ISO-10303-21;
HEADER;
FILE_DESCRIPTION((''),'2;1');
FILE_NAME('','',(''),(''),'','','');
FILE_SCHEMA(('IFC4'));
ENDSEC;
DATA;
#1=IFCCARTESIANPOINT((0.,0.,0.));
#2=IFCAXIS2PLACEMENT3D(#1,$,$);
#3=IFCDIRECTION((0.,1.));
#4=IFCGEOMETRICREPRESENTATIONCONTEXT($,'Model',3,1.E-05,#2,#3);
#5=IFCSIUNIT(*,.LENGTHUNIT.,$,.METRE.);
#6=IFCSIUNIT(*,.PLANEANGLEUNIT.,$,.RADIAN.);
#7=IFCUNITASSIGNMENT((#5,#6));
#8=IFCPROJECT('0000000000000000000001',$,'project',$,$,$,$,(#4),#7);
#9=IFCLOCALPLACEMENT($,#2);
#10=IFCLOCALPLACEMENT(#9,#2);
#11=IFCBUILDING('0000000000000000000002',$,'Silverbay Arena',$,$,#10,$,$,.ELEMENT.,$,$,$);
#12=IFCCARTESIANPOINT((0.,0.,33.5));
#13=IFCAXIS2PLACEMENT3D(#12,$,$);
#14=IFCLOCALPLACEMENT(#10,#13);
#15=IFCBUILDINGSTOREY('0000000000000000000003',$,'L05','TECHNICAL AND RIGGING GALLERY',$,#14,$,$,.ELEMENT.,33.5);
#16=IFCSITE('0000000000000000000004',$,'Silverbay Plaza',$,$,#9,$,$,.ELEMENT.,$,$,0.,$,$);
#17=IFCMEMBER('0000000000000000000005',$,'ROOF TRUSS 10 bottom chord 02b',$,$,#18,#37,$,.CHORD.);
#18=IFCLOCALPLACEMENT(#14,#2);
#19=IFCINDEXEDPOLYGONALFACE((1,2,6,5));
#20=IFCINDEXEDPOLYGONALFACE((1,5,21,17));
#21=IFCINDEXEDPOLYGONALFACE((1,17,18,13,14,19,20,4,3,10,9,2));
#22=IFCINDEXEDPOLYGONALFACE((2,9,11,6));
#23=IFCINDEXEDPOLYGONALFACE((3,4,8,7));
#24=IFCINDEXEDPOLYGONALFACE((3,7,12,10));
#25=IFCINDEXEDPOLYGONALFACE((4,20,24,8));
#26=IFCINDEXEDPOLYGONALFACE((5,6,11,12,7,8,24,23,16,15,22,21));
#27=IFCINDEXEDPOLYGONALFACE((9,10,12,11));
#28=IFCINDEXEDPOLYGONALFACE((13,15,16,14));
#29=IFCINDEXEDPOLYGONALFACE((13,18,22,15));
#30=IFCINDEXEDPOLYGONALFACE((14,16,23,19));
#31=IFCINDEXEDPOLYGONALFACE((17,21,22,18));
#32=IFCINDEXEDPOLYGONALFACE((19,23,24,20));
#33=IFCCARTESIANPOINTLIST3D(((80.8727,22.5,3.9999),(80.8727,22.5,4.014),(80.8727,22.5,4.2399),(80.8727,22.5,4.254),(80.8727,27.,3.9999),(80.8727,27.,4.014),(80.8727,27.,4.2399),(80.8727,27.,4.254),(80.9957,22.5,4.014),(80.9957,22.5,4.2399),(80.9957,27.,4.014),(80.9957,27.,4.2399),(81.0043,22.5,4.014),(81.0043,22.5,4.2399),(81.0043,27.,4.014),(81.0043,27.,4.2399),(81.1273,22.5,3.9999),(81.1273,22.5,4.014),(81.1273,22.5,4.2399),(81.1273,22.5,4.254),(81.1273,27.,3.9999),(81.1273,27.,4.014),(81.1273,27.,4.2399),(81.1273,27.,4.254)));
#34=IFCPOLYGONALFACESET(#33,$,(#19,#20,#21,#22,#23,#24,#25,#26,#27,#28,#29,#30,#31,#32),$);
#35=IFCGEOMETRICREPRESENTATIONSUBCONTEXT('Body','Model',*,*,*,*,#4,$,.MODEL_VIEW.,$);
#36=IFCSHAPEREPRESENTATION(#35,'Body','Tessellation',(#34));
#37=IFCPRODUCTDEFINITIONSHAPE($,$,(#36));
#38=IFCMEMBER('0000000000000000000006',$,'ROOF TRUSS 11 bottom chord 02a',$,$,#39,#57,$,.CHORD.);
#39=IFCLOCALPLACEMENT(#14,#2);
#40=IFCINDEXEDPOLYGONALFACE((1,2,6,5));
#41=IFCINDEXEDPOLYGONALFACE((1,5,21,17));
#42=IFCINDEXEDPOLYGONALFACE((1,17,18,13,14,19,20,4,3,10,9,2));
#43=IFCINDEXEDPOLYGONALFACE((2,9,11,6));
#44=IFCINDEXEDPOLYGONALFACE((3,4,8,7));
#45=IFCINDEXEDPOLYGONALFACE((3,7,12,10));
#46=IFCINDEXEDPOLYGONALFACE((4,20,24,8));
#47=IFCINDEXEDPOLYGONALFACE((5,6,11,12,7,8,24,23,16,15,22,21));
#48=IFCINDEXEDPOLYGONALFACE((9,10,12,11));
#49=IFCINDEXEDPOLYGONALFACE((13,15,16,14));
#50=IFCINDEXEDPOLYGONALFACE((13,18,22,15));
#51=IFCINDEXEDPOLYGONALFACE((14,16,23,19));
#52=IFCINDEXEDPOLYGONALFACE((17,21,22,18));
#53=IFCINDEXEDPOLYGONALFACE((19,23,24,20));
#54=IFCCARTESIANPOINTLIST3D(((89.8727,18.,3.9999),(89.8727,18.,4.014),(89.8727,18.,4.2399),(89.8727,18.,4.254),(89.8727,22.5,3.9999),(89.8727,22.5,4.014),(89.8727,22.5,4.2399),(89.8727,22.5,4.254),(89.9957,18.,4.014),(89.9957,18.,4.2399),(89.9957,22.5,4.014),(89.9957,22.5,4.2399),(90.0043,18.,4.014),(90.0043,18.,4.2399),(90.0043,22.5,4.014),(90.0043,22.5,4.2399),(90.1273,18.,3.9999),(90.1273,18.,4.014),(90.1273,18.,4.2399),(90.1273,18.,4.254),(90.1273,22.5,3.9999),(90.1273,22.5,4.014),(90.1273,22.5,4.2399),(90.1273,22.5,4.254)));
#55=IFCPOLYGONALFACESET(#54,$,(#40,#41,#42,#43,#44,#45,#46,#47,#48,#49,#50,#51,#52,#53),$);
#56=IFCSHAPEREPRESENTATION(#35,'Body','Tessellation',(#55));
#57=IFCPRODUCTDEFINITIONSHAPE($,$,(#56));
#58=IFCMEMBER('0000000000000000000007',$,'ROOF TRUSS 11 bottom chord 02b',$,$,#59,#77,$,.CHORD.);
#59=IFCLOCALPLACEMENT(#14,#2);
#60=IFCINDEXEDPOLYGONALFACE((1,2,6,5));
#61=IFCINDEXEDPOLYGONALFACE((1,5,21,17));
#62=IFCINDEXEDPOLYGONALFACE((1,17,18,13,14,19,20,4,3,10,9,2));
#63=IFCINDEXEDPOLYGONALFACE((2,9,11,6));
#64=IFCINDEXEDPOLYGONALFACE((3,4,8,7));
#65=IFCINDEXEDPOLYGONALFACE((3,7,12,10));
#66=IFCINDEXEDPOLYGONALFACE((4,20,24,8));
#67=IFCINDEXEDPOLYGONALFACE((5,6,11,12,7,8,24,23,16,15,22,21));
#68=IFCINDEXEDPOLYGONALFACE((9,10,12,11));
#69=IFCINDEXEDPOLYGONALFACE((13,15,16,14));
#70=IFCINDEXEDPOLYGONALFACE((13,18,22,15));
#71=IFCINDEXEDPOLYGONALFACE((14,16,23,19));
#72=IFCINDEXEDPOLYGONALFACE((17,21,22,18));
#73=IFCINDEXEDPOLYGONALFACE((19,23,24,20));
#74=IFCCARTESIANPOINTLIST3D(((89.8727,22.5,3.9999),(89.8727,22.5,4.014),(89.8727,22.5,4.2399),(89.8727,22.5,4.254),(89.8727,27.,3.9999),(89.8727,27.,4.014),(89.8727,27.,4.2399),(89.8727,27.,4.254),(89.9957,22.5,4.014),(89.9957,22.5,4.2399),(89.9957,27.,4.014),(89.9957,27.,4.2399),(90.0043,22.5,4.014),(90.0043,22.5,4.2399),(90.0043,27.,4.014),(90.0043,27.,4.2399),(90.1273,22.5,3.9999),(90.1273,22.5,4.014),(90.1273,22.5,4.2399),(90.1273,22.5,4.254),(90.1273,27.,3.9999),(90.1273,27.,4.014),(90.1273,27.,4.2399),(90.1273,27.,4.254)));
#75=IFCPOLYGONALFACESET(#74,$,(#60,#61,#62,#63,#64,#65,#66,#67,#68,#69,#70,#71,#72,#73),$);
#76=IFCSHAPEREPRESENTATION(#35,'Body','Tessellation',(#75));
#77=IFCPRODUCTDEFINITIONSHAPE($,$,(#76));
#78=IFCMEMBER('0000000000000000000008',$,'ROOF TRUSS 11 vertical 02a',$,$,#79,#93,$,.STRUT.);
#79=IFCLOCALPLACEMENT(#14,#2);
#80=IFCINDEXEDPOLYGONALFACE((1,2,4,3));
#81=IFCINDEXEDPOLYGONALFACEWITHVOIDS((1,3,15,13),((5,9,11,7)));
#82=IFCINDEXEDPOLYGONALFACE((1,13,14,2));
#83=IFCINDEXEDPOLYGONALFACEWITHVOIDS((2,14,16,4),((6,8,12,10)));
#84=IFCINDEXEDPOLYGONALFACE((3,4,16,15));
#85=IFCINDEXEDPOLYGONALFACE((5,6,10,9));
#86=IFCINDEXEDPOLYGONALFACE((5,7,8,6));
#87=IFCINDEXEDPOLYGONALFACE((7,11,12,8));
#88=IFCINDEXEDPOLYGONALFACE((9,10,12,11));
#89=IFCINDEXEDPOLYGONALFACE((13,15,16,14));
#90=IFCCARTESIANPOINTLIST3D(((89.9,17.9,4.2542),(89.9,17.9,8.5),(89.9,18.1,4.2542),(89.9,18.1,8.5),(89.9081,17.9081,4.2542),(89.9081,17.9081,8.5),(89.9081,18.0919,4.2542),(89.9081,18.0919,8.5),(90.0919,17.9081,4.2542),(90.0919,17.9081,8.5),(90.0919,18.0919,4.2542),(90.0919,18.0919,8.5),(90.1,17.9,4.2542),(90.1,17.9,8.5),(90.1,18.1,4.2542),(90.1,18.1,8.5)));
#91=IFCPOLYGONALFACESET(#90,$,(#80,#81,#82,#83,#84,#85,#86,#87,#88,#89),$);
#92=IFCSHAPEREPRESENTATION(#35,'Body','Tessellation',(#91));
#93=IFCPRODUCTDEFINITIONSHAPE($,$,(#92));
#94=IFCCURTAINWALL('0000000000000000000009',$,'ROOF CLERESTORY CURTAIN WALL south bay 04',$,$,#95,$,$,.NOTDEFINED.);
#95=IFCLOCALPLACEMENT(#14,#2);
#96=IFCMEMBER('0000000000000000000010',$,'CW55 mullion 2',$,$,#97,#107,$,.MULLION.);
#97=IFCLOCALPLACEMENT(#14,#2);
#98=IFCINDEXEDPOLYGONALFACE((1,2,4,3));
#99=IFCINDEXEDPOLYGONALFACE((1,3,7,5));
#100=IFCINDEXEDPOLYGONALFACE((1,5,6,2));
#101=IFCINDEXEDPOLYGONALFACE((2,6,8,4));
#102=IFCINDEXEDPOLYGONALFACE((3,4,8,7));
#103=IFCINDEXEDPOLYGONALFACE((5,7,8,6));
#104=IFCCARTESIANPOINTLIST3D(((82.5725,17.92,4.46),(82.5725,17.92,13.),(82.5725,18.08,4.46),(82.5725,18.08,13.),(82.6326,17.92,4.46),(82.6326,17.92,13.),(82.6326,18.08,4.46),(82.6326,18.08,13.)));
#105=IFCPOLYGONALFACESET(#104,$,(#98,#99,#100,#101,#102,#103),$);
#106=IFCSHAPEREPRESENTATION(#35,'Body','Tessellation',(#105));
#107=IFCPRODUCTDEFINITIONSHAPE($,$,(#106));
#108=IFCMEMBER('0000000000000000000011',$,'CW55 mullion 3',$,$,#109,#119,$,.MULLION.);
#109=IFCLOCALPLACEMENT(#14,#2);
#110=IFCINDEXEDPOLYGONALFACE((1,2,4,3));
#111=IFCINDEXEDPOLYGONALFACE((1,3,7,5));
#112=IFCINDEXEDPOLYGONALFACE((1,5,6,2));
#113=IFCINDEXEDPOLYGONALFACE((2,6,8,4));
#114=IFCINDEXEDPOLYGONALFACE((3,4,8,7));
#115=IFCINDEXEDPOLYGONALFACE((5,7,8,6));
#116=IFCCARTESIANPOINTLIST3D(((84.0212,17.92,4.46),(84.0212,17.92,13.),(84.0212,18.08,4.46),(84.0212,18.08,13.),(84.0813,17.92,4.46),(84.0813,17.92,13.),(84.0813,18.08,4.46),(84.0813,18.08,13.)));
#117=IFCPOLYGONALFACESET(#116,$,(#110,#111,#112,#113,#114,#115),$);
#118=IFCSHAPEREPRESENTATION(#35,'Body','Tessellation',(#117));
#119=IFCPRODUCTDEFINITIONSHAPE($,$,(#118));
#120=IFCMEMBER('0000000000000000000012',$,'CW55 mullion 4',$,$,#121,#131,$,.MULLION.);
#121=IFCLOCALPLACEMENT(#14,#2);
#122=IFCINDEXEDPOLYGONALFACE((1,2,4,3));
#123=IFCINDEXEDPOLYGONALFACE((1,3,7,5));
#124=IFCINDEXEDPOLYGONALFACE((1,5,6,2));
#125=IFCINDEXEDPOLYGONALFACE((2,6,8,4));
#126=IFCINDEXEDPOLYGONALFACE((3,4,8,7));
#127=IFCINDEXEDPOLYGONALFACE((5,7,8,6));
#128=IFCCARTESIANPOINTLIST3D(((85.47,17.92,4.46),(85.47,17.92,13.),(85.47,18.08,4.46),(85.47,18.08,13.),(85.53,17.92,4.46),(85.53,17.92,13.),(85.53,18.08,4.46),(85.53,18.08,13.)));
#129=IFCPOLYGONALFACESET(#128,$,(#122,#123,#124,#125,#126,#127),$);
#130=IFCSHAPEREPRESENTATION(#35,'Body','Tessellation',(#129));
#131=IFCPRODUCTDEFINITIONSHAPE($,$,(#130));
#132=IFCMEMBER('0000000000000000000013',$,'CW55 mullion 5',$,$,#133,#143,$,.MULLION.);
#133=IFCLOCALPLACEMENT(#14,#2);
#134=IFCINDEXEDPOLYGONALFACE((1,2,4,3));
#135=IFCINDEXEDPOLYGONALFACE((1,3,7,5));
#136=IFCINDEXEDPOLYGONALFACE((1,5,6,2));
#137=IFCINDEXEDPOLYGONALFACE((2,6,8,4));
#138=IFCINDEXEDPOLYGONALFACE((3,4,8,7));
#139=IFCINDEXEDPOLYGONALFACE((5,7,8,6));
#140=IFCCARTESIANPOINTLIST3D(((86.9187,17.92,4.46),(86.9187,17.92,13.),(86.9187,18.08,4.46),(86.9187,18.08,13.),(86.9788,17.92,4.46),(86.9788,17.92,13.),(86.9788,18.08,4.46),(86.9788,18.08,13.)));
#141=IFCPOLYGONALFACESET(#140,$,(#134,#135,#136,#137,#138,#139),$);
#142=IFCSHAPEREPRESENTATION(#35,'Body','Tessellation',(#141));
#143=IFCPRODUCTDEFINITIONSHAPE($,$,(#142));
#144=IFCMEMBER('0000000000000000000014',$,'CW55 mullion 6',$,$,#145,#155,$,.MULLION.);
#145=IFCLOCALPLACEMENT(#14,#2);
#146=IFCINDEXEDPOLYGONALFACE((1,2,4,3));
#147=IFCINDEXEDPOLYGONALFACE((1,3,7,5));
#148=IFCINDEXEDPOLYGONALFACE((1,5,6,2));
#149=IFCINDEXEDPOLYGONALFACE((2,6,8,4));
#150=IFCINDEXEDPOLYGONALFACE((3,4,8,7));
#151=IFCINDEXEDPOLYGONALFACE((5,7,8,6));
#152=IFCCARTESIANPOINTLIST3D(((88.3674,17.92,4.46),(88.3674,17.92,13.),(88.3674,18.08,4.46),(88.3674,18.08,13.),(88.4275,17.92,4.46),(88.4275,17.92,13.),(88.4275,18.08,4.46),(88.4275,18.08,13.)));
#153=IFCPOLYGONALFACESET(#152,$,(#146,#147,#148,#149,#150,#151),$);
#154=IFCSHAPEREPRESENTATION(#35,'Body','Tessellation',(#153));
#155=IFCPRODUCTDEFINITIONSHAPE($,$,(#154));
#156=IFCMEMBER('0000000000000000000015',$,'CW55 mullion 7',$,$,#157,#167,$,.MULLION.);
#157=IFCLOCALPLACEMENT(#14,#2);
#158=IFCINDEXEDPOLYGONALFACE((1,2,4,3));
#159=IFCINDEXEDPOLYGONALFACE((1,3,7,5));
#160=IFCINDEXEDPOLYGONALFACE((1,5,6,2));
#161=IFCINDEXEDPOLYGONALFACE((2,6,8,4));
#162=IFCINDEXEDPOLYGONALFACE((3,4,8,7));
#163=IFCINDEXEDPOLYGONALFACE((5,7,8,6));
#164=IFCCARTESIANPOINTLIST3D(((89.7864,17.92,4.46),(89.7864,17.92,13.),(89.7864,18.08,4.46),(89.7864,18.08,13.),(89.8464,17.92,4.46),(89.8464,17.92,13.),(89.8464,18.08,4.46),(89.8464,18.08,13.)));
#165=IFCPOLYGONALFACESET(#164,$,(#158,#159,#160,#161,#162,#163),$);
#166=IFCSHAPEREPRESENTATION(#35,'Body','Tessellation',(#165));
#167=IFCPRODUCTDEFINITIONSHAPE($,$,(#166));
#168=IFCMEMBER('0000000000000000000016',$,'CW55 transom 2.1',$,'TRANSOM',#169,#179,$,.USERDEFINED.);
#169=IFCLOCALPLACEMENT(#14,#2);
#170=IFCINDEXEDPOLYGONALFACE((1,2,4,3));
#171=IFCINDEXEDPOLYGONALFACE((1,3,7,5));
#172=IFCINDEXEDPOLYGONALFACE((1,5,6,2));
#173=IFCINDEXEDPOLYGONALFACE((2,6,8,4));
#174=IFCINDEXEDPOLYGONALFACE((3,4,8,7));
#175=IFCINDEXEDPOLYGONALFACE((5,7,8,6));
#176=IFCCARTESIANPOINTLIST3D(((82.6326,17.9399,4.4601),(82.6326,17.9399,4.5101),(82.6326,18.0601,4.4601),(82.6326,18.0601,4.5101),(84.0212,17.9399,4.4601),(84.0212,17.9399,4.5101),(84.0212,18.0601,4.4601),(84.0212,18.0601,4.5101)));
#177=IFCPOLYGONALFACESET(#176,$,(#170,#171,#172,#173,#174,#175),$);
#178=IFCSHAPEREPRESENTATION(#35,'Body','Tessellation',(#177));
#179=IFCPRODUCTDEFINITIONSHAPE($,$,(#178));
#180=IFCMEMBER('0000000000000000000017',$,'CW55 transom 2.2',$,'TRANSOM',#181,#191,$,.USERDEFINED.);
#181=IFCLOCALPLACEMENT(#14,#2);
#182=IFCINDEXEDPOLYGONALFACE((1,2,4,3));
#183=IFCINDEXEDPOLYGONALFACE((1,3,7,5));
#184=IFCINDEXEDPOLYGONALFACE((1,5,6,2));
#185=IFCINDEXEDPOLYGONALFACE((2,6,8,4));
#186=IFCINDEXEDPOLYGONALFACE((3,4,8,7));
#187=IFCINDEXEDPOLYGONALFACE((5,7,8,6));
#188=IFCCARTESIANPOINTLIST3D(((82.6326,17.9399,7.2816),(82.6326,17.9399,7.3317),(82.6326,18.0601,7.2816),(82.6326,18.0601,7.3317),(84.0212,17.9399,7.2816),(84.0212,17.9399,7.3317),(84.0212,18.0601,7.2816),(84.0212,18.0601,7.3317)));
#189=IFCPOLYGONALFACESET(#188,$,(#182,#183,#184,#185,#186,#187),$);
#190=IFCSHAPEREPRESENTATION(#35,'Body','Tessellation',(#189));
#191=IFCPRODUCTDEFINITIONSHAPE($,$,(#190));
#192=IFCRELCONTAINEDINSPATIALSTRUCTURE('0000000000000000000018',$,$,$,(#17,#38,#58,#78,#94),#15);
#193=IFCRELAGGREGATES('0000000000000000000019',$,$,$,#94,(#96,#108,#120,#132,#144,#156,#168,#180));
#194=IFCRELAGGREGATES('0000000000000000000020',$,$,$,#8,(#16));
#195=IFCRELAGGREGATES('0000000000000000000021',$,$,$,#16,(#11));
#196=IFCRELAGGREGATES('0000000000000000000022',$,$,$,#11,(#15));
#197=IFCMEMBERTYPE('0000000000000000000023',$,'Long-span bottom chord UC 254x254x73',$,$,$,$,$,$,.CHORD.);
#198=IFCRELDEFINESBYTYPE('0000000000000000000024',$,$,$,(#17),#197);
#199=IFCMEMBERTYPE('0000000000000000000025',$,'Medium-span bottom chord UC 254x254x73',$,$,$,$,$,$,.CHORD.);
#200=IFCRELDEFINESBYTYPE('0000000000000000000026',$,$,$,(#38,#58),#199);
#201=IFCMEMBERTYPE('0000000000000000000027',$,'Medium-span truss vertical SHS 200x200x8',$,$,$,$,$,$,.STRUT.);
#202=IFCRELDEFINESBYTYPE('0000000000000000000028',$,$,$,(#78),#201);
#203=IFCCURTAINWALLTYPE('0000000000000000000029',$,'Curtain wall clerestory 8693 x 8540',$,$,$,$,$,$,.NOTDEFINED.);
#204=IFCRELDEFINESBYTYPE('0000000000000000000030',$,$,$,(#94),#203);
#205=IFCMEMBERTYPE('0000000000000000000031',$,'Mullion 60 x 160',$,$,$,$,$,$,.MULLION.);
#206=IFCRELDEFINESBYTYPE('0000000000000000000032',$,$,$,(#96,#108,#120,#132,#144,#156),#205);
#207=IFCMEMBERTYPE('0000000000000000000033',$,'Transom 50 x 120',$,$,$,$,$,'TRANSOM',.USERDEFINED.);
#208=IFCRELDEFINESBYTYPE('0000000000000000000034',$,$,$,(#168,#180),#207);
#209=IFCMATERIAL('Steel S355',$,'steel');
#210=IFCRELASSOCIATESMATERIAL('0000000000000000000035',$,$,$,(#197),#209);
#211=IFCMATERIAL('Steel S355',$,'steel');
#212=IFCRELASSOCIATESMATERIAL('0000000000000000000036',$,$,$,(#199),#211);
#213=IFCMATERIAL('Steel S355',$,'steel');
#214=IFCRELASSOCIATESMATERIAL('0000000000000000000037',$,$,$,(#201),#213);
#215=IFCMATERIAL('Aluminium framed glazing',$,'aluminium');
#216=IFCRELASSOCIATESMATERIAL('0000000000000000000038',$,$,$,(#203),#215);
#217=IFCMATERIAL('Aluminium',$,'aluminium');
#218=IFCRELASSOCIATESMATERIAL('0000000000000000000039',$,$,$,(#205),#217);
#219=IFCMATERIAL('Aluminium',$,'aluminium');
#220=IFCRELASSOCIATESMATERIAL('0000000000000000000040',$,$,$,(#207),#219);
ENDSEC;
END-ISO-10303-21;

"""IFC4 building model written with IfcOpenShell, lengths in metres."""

from ifc_helpers import new_model, si_unit, direction, frame, origin, origin_2d, place, context, subcontext, project, spatial, rectangle, hollow_rectangle, i_section, extrude, material, material_profile, profile_set, type_object, element, aggregate, save


model = new_model("IFC4")

# Units and contexts
model_context = context("Model", 3, precision=1e-05, world=origin(), true_north=direction((0.0, 1.0)))
body_context = subcontext(model_context, "Body", "Model", "MODEL_VIEW")
ifc_project = project(units=[si_unit("LENGTHUNIT", "METRE"), si_unit("PLANEANGLEUNIT", "RADIAN")], contexts=[model_context])

# Site, building, storey
site_placement = place(None, origin())
site = spatial("IfcSite", under=ifc_project, at=site_placement, Name="Silverbay Plaza", CompositionType="ELEMENT", RefElevation=0.0)
building_placement = place(site_placement, origin())
building = spatial("IfcBuilding", under=site, at=building_placement, Name="Silverbay Arena", CompositionType="ELEMENT")
storey_placement = place(building_placement, frame((0.0, 0.0, 33.5)))
storey = spatial("IfcBuildingStorey", under=building, at=storey_placement, Name="L05", Description="TECHNICAL AND RIGGING GALLERY", CompositionType="ELEMENT", Elevation=33.5)

# Members
ifc_material_1 = material(Name="Steel S355", Category="steel")
ifc_material_profile_1 = material_profile(ifc_material_1, i_section(OverallWidth=0.2546, OverallDepth=0.2542, WebThickness=0.0085, FlangeThickness=0.0142, at=origin_2d()), Name="UC 254x254x73")
ifc_profile_set_1 = profile_set([ifc_material_profile_1], Name="Steel S355")
member_type_1 = type_object("IfcMemberType", Name="Long-span bottom chord UC 254x254x73", PredefinedType="CHORD", material=ifc_profile_set_1)
member_1_placement = place(storey_placement, frame((81.0, 22.5, 4.127), z_axis=(0.0, 1.0, 0.0), x_axis=(-1.0, 0.0, 0.0)))
element("IfcMember", 1, at=member_1_placement, inside=storey, type_object=member_type_1, Name="ROOF TRUSS 10 bottom chord 02b", PredefinedType="CHORD", context=body_context, shape_type="SweptSolid", body=[
    extrude(i_section(OverallWidth=0.2546, OverallDepth=0.2542, WebThickness=0.0085, FlangeThickness=0.0142, at=origin_2d()), origin(), (0.0, 0.0, 1.0), 4.5),
])
ifc_material_2 = material(Name="Steel S355", Category="steel")
ifc_material_profile_2 = material_profile(ifc_material_2, i_section(OverallWidth=0.2546, OverallDepth=0.2542, WebThickness=0.0085, FlangeThickness=0.0142, at=origin_2d()), Name="UC 254x254x73")
ifc_profile_set_2 = profile_set([ifc_material_profile_2], Name="Steel S355")
member_type_2 = type_object("IfcMemberType", Name="Medium-span bottom chord UC 254x254x73", PredefinedType="CHORD", material=ifc_profile_set_2)
for number, where, z_axis, x_axis, name in (
    (2, (90.0, 18.0, 4.127), (0.0, 1.0, 0.0), (-1.0, 0.0, 0.0), "ROOF TRUSS 11 bottom chord 02a"),
    (3, (90.0, 22.5, 4.127), (0.0, 1.0, 0.0), (-1.0, 0.0, 0.0), "ROOF TRUSS 11 bottom chord 02b"),
):
    element("IfcMember", number, at=place(storey_placement, frame(where, z_axis=z_axis, x_axis=x_axis)), inside=storey, type_object=member_type_2, Name=name, PredefinedType="CHORD", context=body_context, shape_type="SweptSolid", body=[
        extrude(i_section(OverallWidth=0.2546, OverallDepth=0.2542, WebThickness=0.0085, FlangeThickness=0.0142, at=origin_2d()), origin(), (0.0, 0.0, 1.0), 4.5),
    ])
ifc_material_3 = material(Name="Steel S355", Category="steel")
ifc_material_profile_3 = material_profile(ifc_material_3, hollow_rectangle(XDim=0.2, YDim=0.2, WallThickness=0.0081, at=origin_2d()), Name="SHS 200x200x8")
ifc_profile_set_3 = profile_set([ifc_material_profile_3], Name="Steel S355")
member_type_3 = type_object("IfcMemberType", Name="Medium-span truss vertical SHS 200x200x8", PredefinedType="STRUT", material=ifc_profile_set_3)
member_2_placement = place(storey_placement, frame((90.0, 18.0, 4.2542), z_axis=(0.0, 0.0, 1.0), x_axis=(1.0, 0.0, 0.0)))
element("IfcMember", 4, at=member_2_placement, inside=storey, type_object=member_type_3, Name="ROOF TRUSS 11 vertical 02a", PredefinedType="STRUT", context=body_context, shape_type="SweptSolid", body=[
    extrude(hollow_rectangle(XDim=0.2, YDim=0.2, WallThickness=0.0081, at=origin_2d()), origin(), (0.0, 0.0, 1.0), 4.2458),
])

# Curtain wall, members
ifc_material_4 = material(Name="Aluminium framed glazing", Category="aluminium")
curtain_wall_type = type_object("IfcCurtainWallType", Name="Curtain wall clerestory 8693 x 8540", PredefinedType="NOTDEFINED", material=ifc_material_4)
curtain_wall_placement = place(storey_placement, origin())
curtain_wall = element("IfcCurtainWall", 5, at=curtain_wall_placement, inside=storey, type_object=curtain_wall_type, Name="ROOF CLERESTORY CURTAIN WALL south bay 04", PredefinedType="NOTDEFINED")
ifc_material_5 = material(Name="Aluminium", Category="aluminium")
ifc_material_profile_4 = material_profile(ifc_material_5, rectangle(XDim=0.1599, YDim=0.0601, at=origin_2d()), Name="Mullion 60 x 160")
ifc_profile_set_4 = profile_set([ifc_material_profile_4], Name="Aluminium")
member_type_4 = type_object("IfcMemberType", Name="Mullion 60 x 160", PredefinedType="MULLION", material=ifc_profile_set_4)
member_3_placement = place(storey_placement, frame((82.6025, 18.0, 4.46), z_axis=(0.0, 0.0, 1.0), x_axis=(0.0, 1.0, 0.0)))
member_3 = element("IfcMember", 6, at=member_3_placement, type_object=member_type_4, Name="CW55 mullion 2", PredefinedType="MULLION", context=body_context, shape_type="SweptSolid", body=[
    extrude(rectangle(XDim=0.1599, YDim=0.0601, at=origin_2d()), origin(), (0.0, 0.0, 1.0), 8.54),
])
member_4_placement = place(storey_placement, frame((84.0513, 18.0, 4.46), z_axis=(0.0, 0.0, 1.0), x_axis=(0.0, 1.0, 0.0)))
member_4 = element("IfcMember", 7, at=member_4_placement, type_object=member_type_4, Name="CW55 mullion 3", PredefinedType="MULLION", context=body_context, shape_type="SweptSolid", body=[
    extrude(rectangle(XDim=0.1599, YDim=0.0601, at=origin_2d()), origin(), (0.0, 0.0, 1.0), 8.54),
])
member_5_placement = place(storey_placement, frame((85.5, 18.0, 4.46), z_axis=(0.0, 0.0, 1.0), x_axis=(0.0, 1.0, 0.0)))
member_5 = element("IfcMember", 8, at=member_5_placement, type_object=member_type_4, Name="CW55 mullion 4", PredefinedType="MULLION", context=body_context, shape_type="SweptSolid", body=[
    extrude(rectangle(XDim=0.1599, YDim=0.0601, at=origin_2d()), origin(), (0.0, 0.0, 1.0), 8.54),
])
member_6_placement = place(storey_placement, frame((86.9487, 18.0, 4.46), z_axis=(0.0, 0.0, 1.0), x_axis=(0.0, 1.0, 0.0)))
member_6 = element("IfcMember", 9, at=member_6_placement, type_object=member_type_4, Name="CW55 mullion 5", PredefinedType="MULLION", context=body_context, shape_type="SweptSolid", body=[
    extrude(rectangle(XDim=0.1599, YDim=0.0601, at=origin_2d()), origin(), (0.0, 0.0, 1.0), 8.54),
])
member_7_placement = place(storey_placement, frame((88.3975, 18.0, 4.46), z_axis=(0.0, 0.0, 1.0), x_axis=(0.0, 1.0, 0.0)))
member_7 = element("IfcMember", 10, at=member_7_placement, type_object=member_type_4, Name="CW55 mullion 6", PredefinedType="MULLION", context=body_context, shape_type="SweptSolid", body=[
    extrude(rectangle(XDim=0.1599, YDim=0.0601, at=origin_2d()), origin(), (0.0, 0.0, 1.0), 8.54),
])
member_8_placement = place(storey_placement, frame((89.8164, 18.0, 4.46), z_axis=(0.0, 0.0, 1.0), x_axis=(0.0, 1.0, 0.0)))
member_8 = element("IfcMember", 11, at=member_8_placement, type_object=member_type_4, Name="CW55 mullion 7", PredefinedType="MULLION", context=body_context, shape_type="SweptSolid", body=[
    extrude(rectangle(XDim=0.1599, YDim=0.0601, at=origin_2d()), origin(), (0.0, 0.0, 1.0), 8.54),
])
ifc_material_6 = material(Name="Aluminium", Category="aluminium")
ifc_material_profile_5 = material_profile(ifc_material_6, rectangle(XDim=0.1201, YDim=0.05, at=origin_2d()), Name="Transom 50 x 120")
ifc_profile_set_5 = profile_set([ifc_material_profile_5], Name="Aluminium")
member_type_5 = type_object("IfcMemberType", Name="Transom 50 x 120", ElementType="TRANSOM", PredefinedType="USERDEFINED", material=ifc_profile_set_5)
member_9_placement = place(storey_placement, frame((82.6326, 18.0, 4.4851), z_axis=(1.0, 0.0, 0.0), x_axis=(0.0, 1.0, 0.0)))
member_9 = element("IfcMember", 12, at=member_9_placement, type_object=member_type_5, Name="CW55 transom 2.1", ObjectType="TRANSOM", PredefinedType="USERDEFINED", context=body_context, shape_type="SweptSolid", body=[
    extrude(rectangle(XDim=0.1201, YDim=0.05, at=origin_2d()), origin(), (0.0, 0.0, 1.0), 1.3887),
])
member_10_placement = place(storey_placement, frame((82.6326, 18.0, 7.3066), z_axis=(1.0, 0.0, 0.0), x_axis=(0.0, 1.0, 0.0)))
member_10 = element("IfcMember", 13, at=member_10_placement, type_object=member_type_5, Name="CW55 transom 2.2", ObjectType="TRANSOM", PredefinedType="USERDEFINED", context=body_context, shape_type="SweptSolid", body=[
    extrude(rectangle(XDim=0.1201, YDim=0.05, at=origin_2d()), origin(), (0.0, 0.0, 1.0), 1.3887),
])
aggregate(curtain_wall, [member_3, member_4, member_5, member_6, member_7, member_8, member_9, member_10])

save(model, "model.ifc")
